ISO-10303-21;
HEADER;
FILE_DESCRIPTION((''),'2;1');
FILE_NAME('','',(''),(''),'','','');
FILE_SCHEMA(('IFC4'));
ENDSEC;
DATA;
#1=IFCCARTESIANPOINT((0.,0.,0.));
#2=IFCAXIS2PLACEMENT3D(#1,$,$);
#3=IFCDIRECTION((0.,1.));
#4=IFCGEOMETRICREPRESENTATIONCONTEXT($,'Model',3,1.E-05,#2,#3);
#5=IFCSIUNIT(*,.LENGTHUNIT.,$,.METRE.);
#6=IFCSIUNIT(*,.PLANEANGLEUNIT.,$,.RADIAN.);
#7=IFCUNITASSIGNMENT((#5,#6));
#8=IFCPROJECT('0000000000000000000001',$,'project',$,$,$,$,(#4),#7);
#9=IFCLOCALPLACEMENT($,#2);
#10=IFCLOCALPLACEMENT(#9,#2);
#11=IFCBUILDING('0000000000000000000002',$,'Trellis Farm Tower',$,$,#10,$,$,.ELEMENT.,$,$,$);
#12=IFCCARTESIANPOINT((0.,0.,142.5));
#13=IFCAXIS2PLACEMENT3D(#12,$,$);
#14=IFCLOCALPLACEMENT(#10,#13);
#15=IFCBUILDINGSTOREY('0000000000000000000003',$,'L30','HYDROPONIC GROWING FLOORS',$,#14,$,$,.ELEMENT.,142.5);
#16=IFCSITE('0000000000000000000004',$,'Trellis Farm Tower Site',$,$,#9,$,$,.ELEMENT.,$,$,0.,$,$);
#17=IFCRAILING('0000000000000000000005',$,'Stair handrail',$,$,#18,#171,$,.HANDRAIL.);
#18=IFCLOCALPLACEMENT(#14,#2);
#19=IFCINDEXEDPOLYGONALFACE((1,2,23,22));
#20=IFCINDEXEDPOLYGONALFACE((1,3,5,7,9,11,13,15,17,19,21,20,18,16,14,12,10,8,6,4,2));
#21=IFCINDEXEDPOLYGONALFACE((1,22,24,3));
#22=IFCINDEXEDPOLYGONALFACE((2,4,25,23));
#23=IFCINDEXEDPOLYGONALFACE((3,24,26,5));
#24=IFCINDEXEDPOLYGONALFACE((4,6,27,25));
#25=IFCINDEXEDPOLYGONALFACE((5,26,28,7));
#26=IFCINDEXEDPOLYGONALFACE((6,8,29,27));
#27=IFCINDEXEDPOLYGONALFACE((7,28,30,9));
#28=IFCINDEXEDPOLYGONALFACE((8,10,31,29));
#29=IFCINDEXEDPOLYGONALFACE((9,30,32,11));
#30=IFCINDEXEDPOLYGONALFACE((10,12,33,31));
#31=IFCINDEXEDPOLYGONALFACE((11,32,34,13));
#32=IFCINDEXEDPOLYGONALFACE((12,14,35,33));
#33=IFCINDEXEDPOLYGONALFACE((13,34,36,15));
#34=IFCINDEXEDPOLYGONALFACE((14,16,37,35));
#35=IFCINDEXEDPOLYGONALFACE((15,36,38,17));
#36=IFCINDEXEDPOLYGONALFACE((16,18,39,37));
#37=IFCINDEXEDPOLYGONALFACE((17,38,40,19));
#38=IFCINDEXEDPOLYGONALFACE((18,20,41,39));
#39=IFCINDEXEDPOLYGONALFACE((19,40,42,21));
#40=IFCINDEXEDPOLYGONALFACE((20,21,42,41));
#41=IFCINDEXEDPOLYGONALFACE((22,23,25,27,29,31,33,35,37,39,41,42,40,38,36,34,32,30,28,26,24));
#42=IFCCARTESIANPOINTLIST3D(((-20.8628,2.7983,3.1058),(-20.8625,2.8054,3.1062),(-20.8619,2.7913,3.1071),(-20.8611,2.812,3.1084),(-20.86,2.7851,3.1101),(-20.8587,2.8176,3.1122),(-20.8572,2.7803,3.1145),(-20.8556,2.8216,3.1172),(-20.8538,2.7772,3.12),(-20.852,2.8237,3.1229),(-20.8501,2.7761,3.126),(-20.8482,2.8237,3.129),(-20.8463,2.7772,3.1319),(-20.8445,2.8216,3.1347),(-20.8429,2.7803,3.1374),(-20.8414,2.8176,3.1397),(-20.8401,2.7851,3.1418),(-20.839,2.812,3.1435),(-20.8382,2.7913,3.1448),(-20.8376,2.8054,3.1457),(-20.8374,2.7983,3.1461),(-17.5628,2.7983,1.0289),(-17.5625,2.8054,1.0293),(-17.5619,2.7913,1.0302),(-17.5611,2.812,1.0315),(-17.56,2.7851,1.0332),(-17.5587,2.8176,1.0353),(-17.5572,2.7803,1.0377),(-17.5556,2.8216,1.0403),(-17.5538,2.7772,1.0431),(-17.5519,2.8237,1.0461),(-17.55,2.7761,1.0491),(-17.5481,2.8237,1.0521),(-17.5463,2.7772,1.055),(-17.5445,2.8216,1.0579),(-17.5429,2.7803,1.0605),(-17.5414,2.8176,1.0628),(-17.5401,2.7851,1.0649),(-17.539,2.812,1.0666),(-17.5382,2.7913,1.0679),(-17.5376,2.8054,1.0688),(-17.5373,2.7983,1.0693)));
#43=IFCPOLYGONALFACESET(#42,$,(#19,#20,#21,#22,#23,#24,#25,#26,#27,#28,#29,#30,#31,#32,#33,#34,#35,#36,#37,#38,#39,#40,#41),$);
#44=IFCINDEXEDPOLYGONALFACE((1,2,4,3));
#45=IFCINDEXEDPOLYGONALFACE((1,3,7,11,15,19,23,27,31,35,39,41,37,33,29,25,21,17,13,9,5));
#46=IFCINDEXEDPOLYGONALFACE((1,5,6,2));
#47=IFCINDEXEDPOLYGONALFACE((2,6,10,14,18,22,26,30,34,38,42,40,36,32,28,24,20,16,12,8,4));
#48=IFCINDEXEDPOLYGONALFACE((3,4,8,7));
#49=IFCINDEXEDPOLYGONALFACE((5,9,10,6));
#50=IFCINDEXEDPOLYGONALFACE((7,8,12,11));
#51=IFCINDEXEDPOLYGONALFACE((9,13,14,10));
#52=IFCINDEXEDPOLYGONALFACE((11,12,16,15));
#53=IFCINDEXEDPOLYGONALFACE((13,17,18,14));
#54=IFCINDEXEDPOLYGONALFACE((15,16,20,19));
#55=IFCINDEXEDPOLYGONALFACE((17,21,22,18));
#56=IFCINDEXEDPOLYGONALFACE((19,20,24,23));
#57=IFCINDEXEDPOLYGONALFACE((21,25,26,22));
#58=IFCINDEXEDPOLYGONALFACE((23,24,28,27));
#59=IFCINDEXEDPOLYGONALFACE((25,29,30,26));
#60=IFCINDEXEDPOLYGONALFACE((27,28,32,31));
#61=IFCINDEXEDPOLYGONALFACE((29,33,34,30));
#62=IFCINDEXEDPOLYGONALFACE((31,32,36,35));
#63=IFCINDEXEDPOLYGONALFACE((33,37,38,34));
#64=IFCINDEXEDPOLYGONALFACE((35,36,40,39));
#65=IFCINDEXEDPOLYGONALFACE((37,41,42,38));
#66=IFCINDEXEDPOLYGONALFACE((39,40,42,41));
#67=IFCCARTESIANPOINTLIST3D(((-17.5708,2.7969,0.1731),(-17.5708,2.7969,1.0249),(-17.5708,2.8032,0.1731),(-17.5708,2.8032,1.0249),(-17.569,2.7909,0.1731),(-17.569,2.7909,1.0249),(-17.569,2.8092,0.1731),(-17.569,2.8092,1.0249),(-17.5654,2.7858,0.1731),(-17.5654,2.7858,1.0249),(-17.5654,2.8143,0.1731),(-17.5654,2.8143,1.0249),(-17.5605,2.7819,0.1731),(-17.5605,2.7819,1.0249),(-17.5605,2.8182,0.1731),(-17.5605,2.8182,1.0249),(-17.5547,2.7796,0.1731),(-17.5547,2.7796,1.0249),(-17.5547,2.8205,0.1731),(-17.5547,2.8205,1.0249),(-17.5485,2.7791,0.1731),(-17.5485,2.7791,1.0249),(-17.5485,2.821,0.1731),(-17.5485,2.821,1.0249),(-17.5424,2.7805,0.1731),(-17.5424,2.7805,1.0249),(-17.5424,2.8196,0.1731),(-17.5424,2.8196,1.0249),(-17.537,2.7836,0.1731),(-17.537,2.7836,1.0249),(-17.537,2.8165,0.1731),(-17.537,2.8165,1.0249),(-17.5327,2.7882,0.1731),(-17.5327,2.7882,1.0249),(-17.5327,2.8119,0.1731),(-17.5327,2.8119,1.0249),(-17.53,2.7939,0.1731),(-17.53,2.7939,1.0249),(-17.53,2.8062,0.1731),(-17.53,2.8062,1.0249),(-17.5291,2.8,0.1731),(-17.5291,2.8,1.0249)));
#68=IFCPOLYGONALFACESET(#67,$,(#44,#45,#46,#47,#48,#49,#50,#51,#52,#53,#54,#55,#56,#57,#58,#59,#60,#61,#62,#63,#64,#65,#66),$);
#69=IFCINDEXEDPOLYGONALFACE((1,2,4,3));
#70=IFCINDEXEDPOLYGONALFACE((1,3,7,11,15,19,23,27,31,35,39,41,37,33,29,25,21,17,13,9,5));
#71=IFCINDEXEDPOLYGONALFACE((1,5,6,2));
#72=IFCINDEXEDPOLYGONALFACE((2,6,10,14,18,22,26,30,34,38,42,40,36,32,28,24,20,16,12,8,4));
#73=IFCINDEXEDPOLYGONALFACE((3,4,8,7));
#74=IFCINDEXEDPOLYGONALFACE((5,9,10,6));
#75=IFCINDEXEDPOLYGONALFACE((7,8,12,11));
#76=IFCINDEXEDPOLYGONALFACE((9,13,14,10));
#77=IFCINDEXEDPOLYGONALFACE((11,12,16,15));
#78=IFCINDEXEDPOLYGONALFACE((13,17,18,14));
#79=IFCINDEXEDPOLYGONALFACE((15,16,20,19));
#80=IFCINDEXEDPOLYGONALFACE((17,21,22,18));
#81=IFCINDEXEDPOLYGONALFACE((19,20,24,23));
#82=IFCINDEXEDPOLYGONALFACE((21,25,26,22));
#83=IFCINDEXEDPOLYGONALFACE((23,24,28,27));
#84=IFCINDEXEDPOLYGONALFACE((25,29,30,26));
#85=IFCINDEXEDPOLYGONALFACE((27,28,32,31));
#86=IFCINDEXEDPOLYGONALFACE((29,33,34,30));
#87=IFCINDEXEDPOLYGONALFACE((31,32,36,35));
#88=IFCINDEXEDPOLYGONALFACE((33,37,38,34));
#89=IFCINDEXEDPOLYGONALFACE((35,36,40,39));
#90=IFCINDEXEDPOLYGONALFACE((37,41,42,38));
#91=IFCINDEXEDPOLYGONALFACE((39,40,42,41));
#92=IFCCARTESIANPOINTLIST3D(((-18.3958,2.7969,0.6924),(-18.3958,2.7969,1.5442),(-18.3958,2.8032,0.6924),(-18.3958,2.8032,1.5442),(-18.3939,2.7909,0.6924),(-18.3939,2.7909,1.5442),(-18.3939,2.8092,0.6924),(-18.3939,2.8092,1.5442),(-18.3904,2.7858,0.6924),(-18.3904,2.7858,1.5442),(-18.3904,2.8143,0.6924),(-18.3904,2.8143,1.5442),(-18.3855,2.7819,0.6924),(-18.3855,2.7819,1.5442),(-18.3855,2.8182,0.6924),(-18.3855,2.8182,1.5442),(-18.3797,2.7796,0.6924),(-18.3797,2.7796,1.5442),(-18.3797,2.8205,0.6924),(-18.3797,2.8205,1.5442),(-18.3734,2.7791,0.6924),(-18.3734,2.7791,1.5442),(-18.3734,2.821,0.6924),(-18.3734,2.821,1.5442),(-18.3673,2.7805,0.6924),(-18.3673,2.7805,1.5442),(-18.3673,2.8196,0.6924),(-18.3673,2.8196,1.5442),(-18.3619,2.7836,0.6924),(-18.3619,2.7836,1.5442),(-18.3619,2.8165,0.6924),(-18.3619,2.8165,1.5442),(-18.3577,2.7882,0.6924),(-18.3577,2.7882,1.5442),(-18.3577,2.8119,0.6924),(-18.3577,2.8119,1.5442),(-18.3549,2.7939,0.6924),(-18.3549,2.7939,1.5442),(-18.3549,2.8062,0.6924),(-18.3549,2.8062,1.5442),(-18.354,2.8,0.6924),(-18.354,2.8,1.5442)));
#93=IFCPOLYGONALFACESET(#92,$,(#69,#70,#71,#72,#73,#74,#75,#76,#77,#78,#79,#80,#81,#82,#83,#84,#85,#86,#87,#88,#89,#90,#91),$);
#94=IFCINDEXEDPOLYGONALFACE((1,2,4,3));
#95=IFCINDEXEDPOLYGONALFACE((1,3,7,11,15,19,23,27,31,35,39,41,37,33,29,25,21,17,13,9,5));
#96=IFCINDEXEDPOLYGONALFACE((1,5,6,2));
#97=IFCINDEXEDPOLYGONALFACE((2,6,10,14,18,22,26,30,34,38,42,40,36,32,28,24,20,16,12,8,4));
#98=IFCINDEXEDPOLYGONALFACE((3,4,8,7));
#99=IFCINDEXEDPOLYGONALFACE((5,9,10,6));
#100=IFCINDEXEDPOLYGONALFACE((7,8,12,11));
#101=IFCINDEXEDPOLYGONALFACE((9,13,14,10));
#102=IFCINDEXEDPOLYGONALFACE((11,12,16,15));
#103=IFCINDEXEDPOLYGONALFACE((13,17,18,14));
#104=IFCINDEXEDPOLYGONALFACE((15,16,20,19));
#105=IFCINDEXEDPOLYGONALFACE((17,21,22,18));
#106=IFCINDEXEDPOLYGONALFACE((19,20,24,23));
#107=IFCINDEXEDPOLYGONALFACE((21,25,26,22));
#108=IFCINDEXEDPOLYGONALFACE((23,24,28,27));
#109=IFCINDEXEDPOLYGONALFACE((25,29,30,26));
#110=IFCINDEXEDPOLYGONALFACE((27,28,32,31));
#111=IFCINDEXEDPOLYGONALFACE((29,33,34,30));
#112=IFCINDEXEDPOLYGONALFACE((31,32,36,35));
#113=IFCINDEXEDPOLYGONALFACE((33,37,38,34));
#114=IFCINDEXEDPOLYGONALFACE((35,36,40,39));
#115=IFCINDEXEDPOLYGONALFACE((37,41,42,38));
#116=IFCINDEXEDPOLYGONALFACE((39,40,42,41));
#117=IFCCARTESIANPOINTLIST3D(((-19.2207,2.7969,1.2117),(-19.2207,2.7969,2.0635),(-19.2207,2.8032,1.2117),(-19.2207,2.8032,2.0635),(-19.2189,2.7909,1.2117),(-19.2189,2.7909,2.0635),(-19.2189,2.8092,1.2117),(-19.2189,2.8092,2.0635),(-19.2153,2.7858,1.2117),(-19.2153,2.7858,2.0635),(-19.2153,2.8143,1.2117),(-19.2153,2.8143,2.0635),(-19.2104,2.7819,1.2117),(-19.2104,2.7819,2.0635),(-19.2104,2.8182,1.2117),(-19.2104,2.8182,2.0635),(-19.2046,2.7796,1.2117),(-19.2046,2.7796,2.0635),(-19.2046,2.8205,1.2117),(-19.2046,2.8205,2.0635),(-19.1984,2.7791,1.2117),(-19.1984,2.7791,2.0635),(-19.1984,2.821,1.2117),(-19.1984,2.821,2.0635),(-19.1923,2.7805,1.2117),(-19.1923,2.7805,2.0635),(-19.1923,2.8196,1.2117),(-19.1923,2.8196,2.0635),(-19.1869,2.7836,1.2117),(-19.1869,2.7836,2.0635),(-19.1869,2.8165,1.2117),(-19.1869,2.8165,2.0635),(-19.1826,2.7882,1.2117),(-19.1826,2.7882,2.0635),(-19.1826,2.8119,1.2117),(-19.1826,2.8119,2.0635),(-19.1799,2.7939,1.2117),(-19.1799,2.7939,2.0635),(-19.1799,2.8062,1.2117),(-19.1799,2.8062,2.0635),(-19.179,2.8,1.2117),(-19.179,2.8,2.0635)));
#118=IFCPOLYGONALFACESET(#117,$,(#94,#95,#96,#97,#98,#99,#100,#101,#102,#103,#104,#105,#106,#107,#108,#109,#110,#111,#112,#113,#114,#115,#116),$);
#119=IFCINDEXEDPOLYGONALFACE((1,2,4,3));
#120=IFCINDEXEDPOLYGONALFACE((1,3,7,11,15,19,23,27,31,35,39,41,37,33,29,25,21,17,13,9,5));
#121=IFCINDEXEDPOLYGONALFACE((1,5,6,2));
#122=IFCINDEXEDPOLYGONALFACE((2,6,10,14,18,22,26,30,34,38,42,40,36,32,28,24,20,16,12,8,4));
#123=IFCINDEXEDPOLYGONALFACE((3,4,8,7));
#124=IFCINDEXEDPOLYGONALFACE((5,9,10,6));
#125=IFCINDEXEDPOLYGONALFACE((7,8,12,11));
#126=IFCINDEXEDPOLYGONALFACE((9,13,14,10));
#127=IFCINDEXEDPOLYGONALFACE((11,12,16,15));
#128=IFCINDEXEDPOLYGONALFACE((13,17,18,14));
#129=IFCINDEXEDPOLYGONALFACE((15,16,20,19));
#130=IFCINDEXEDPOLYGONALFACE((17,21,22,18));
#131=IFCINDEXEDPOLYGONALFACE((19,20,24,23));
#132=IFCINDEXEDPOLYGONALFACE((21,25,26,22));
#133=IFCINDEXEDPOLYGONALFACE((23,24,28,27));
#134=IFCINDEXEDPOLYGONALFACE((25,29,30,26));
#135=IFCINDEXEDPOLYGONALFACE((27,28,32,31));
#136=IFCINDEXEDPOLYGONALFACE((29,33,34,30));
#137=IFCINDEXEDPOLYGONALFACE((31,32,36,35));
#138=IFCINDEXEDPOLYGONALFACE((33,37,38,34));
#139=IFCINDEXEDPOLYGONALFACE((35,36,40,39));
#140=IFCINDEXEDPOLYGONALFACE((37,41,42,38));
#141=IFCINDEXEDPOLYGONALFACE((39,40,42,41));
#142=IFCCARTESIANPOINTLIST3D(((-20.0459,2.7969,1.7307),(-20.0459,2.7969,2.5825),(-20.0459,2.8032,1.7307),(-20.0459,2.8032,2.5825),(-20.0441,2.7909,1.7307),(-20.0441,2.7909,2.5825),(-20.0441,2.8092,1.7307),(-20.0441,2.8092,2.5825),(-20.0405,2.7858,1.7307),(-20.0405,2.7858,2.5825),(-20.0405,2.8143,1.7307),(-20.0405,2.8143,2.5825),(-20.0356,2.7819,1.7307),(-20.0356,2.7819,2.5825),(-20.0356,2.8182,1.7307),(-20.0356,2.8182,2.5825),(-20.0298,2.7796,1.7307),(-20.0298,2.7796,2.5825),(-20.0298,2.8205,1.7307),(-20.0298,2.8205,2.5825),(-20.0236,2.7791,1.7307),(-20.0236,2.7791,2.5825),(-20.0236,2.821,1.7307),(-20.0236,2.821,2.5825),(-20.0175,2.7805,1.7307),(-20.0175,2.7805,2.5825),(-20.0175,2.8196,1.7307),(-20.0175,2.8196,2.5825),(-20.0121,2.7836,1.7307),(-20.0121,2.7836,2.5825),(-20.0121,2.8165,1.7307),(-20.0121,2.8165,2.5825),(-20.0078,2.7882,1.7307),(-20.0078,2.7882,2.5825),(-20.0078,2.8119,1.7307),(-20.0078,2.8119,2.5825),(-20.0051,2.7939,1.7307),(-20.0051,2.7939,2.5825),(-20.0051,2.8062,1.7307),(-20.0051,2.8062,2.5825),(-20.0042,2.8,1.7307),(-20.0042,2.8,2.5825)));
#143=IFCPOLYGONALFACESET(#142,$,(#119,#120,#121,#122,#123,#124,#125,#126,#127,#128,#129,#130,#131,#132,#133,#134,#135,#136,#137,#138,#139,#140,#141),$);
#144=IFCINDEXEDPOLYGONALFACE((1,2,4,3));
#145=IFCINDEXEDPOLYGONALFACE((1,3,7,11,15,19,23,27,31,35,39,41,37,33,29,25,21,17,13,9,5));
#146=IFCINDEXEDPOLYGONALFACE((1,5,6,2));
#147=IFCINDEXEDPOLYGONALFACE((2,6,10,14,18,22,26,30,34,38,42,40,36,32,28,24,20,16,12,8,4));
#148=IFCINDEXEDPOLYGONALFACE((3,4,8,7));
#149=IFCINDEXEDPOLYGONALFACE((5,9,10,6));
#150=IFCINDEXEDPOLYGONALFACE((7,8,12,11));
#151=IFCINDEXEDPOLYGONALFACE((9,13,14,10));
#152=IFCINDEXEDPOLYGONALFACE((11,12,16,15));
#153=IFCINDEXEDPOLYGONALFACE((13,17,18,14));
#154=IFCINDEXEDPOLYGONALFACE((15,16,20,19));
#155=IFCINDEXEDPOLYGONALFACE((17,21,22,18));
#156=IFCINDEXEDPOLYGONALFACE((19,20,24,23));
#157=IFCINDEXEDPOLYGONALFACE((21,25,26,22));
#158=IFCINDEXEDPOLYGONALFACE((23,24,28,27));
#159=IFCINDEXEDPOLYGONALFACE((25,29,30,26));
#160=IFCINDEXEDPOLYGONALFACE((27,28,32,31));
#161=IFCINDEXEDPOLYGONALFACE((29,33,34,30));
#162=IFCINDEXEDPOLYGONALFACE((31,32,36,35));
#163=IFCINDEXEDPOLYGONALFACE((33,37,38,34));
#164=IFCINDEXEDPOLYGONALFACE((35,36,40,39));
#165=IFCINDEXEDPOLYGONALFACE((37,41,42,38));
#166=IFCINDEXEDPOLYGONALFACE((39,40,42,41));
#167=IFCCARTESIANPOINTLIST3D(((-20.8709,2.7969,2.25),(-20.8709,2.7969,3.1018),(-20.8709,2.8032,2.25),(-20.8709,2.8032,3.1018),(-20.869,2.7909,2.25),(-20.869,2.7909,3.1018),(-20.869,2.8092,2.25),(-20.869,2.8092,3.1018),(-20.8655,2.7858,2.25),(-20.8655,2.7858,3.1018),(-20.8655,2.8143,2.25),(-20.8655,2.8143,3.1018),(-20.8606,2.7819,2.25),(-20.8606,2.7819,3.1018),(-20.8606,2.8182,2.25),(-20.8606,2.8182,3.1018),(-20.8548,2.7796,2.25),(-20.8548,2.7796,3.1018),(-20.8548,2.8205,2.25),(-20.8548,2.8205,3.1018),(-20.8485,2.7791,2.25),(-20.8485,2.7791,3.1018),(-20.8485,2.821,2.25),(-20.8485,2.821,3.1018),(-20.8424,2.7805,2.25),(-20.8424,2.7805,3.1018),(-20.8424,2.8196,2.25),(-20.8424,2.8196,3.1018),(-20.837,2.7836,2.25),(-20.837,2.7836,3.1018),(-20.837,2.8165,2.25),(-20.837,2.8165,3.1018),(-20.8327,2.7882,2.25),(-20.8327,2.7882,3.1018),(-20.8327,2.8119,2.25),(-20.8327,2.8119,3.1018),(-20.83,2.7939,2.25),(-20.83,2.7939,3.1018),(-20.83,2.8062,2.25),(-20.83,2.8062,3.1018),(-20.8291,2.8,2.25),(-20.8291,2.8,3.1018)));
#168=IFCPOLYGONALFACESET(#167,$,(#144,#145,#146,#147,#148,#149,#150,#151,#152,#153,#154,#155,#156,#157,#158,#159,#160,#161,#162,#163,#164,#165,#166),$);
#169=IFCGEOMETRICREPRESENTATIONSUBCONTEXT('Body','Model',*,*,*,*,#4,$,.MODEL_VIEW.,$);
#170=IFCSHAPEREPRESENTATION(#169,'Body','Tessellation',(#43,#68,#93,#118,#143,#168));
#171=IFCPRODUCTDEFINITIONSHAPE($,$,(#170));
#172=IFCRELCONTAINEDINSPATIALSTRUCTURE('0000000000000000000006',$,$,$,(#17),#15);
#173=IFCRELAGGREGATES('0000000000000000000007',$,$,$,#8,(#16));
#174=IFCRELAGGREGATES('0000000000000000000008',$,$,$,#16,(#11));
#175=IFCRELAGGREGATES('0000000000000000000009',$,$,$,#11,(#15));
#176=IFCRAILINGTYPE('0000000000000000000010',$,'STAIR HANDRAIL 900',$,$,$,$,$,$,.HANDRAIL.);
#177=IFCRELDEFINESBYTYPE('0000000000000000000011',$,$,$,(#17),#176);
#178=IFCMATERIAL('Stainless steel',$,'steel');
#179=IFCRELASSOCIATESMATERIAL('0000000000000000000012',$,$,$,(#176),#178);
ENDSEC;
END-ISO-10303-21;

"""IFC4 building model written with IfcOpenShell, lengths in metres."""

from ifc_helpers import new_model, si_unit, direction, frame, origin, origin_2d, place, context, subcontext, project, spatial, circle, extrude, source, transform, mapped, material, type_object, element, save


model = new_model("IFC4")

# Units and contexts
model_context = context("Model", 3, precision=1e-05, world=origin(), true_north=direction((0.0, 1.0)))
body_context = subcontext(model_context, "Body", "Model", "MODEL_VIEW")
ifc_project = project(units=[si_unit("LENGTHUNIT", "METRE"), si_unit("PLANEANGLEUNIT", "RADIAN")], contexts=[model_context])

# Site, building, storey
site_placement = place(None, origin())
site = spatial("IfcSite", under=ifc_project, at=site_placement, Name="Trellis Farm Tower Site", CompositionType="ELEMENT", RefElevation=0.0)
building_placement = place(site_placement, origin())
building = spatial("IfcBuilding", under=site, at=building_placement, Name="Trellis Farm Tower", CompositionType="ELEMENT")
storey_placement = place(building_placement, frame((0.0, 0.0, 142.5)))
storey = spatial("IfcBuildingStorey", under=building, at=storey_placement, Name="L30", Description="HYDROPONIC GROWING FLOORS", CompositionType="ELEMENT", Elevation=142.5)

# Railing
ifc_material_1 = material(Name="Stainless steel", Category="steel")
railing_type = type_object("IfcRailingType", Name="STAIR HANDRAIL 900", PredefinedType="HANDRAIL", material=ifc_material_1)
shared_shape_1 = source(origin(), body_context, "Body", "SweptSolid", [
    extrude(circle(Radius=0.0239, at=origin_2d()), frame((0.0, 0.0, 0.876), z_axis=(-0.846337, 0.0, 0.532647), x_axis=(0.0, -1.0, 0.0)), (0.0, 0.0, 1.0), 3.8992),
    extrude(circle(Radius=0.021, at=origin_2d()), origin(), (0.0, 0.0, 1.0), 0.8518),
    extrude(circle(Radius=0.021, at=origin_2d()), frame((-0.825, 0.0, 0.5193)), (0.0, 0.0, 1.0), 0.8518),
    extrude(circle(Radius=0.021, at=origin_2d()), frame((-1.6499, 0.0, 1.0386)), (0.0, 0.0, 1.0), 0.8518),
    extrude(circle(Radius=0.021, at=origin_2d()), frame((-2.4751, 0.0, 1.5576)), (0.0, 0.0, 1.0), 0.8518),
    extrude(circle(Radius=0.021, at=origin_2d()), frame((-3.3, 0.0, 2.0769)), (0.0, 0.0, 1.0), 0.8518),
])
for number, where, name in (
    (1, (-17.55, 2.8, 0.1731), "Stair handrail"),
):
    element("IfcRailing", number, at=place(storey_placement, frame(where)), inside=storey, type_object=railing_type, Name=name, PredefinedType="HANDRAIL", context=body_context, shape_type="MappedRepresentation", body=[
        mapped(shared_shape_1, transform((0.0, 0.0, 0.0))),
    ])

save(model, "model.ifc")
